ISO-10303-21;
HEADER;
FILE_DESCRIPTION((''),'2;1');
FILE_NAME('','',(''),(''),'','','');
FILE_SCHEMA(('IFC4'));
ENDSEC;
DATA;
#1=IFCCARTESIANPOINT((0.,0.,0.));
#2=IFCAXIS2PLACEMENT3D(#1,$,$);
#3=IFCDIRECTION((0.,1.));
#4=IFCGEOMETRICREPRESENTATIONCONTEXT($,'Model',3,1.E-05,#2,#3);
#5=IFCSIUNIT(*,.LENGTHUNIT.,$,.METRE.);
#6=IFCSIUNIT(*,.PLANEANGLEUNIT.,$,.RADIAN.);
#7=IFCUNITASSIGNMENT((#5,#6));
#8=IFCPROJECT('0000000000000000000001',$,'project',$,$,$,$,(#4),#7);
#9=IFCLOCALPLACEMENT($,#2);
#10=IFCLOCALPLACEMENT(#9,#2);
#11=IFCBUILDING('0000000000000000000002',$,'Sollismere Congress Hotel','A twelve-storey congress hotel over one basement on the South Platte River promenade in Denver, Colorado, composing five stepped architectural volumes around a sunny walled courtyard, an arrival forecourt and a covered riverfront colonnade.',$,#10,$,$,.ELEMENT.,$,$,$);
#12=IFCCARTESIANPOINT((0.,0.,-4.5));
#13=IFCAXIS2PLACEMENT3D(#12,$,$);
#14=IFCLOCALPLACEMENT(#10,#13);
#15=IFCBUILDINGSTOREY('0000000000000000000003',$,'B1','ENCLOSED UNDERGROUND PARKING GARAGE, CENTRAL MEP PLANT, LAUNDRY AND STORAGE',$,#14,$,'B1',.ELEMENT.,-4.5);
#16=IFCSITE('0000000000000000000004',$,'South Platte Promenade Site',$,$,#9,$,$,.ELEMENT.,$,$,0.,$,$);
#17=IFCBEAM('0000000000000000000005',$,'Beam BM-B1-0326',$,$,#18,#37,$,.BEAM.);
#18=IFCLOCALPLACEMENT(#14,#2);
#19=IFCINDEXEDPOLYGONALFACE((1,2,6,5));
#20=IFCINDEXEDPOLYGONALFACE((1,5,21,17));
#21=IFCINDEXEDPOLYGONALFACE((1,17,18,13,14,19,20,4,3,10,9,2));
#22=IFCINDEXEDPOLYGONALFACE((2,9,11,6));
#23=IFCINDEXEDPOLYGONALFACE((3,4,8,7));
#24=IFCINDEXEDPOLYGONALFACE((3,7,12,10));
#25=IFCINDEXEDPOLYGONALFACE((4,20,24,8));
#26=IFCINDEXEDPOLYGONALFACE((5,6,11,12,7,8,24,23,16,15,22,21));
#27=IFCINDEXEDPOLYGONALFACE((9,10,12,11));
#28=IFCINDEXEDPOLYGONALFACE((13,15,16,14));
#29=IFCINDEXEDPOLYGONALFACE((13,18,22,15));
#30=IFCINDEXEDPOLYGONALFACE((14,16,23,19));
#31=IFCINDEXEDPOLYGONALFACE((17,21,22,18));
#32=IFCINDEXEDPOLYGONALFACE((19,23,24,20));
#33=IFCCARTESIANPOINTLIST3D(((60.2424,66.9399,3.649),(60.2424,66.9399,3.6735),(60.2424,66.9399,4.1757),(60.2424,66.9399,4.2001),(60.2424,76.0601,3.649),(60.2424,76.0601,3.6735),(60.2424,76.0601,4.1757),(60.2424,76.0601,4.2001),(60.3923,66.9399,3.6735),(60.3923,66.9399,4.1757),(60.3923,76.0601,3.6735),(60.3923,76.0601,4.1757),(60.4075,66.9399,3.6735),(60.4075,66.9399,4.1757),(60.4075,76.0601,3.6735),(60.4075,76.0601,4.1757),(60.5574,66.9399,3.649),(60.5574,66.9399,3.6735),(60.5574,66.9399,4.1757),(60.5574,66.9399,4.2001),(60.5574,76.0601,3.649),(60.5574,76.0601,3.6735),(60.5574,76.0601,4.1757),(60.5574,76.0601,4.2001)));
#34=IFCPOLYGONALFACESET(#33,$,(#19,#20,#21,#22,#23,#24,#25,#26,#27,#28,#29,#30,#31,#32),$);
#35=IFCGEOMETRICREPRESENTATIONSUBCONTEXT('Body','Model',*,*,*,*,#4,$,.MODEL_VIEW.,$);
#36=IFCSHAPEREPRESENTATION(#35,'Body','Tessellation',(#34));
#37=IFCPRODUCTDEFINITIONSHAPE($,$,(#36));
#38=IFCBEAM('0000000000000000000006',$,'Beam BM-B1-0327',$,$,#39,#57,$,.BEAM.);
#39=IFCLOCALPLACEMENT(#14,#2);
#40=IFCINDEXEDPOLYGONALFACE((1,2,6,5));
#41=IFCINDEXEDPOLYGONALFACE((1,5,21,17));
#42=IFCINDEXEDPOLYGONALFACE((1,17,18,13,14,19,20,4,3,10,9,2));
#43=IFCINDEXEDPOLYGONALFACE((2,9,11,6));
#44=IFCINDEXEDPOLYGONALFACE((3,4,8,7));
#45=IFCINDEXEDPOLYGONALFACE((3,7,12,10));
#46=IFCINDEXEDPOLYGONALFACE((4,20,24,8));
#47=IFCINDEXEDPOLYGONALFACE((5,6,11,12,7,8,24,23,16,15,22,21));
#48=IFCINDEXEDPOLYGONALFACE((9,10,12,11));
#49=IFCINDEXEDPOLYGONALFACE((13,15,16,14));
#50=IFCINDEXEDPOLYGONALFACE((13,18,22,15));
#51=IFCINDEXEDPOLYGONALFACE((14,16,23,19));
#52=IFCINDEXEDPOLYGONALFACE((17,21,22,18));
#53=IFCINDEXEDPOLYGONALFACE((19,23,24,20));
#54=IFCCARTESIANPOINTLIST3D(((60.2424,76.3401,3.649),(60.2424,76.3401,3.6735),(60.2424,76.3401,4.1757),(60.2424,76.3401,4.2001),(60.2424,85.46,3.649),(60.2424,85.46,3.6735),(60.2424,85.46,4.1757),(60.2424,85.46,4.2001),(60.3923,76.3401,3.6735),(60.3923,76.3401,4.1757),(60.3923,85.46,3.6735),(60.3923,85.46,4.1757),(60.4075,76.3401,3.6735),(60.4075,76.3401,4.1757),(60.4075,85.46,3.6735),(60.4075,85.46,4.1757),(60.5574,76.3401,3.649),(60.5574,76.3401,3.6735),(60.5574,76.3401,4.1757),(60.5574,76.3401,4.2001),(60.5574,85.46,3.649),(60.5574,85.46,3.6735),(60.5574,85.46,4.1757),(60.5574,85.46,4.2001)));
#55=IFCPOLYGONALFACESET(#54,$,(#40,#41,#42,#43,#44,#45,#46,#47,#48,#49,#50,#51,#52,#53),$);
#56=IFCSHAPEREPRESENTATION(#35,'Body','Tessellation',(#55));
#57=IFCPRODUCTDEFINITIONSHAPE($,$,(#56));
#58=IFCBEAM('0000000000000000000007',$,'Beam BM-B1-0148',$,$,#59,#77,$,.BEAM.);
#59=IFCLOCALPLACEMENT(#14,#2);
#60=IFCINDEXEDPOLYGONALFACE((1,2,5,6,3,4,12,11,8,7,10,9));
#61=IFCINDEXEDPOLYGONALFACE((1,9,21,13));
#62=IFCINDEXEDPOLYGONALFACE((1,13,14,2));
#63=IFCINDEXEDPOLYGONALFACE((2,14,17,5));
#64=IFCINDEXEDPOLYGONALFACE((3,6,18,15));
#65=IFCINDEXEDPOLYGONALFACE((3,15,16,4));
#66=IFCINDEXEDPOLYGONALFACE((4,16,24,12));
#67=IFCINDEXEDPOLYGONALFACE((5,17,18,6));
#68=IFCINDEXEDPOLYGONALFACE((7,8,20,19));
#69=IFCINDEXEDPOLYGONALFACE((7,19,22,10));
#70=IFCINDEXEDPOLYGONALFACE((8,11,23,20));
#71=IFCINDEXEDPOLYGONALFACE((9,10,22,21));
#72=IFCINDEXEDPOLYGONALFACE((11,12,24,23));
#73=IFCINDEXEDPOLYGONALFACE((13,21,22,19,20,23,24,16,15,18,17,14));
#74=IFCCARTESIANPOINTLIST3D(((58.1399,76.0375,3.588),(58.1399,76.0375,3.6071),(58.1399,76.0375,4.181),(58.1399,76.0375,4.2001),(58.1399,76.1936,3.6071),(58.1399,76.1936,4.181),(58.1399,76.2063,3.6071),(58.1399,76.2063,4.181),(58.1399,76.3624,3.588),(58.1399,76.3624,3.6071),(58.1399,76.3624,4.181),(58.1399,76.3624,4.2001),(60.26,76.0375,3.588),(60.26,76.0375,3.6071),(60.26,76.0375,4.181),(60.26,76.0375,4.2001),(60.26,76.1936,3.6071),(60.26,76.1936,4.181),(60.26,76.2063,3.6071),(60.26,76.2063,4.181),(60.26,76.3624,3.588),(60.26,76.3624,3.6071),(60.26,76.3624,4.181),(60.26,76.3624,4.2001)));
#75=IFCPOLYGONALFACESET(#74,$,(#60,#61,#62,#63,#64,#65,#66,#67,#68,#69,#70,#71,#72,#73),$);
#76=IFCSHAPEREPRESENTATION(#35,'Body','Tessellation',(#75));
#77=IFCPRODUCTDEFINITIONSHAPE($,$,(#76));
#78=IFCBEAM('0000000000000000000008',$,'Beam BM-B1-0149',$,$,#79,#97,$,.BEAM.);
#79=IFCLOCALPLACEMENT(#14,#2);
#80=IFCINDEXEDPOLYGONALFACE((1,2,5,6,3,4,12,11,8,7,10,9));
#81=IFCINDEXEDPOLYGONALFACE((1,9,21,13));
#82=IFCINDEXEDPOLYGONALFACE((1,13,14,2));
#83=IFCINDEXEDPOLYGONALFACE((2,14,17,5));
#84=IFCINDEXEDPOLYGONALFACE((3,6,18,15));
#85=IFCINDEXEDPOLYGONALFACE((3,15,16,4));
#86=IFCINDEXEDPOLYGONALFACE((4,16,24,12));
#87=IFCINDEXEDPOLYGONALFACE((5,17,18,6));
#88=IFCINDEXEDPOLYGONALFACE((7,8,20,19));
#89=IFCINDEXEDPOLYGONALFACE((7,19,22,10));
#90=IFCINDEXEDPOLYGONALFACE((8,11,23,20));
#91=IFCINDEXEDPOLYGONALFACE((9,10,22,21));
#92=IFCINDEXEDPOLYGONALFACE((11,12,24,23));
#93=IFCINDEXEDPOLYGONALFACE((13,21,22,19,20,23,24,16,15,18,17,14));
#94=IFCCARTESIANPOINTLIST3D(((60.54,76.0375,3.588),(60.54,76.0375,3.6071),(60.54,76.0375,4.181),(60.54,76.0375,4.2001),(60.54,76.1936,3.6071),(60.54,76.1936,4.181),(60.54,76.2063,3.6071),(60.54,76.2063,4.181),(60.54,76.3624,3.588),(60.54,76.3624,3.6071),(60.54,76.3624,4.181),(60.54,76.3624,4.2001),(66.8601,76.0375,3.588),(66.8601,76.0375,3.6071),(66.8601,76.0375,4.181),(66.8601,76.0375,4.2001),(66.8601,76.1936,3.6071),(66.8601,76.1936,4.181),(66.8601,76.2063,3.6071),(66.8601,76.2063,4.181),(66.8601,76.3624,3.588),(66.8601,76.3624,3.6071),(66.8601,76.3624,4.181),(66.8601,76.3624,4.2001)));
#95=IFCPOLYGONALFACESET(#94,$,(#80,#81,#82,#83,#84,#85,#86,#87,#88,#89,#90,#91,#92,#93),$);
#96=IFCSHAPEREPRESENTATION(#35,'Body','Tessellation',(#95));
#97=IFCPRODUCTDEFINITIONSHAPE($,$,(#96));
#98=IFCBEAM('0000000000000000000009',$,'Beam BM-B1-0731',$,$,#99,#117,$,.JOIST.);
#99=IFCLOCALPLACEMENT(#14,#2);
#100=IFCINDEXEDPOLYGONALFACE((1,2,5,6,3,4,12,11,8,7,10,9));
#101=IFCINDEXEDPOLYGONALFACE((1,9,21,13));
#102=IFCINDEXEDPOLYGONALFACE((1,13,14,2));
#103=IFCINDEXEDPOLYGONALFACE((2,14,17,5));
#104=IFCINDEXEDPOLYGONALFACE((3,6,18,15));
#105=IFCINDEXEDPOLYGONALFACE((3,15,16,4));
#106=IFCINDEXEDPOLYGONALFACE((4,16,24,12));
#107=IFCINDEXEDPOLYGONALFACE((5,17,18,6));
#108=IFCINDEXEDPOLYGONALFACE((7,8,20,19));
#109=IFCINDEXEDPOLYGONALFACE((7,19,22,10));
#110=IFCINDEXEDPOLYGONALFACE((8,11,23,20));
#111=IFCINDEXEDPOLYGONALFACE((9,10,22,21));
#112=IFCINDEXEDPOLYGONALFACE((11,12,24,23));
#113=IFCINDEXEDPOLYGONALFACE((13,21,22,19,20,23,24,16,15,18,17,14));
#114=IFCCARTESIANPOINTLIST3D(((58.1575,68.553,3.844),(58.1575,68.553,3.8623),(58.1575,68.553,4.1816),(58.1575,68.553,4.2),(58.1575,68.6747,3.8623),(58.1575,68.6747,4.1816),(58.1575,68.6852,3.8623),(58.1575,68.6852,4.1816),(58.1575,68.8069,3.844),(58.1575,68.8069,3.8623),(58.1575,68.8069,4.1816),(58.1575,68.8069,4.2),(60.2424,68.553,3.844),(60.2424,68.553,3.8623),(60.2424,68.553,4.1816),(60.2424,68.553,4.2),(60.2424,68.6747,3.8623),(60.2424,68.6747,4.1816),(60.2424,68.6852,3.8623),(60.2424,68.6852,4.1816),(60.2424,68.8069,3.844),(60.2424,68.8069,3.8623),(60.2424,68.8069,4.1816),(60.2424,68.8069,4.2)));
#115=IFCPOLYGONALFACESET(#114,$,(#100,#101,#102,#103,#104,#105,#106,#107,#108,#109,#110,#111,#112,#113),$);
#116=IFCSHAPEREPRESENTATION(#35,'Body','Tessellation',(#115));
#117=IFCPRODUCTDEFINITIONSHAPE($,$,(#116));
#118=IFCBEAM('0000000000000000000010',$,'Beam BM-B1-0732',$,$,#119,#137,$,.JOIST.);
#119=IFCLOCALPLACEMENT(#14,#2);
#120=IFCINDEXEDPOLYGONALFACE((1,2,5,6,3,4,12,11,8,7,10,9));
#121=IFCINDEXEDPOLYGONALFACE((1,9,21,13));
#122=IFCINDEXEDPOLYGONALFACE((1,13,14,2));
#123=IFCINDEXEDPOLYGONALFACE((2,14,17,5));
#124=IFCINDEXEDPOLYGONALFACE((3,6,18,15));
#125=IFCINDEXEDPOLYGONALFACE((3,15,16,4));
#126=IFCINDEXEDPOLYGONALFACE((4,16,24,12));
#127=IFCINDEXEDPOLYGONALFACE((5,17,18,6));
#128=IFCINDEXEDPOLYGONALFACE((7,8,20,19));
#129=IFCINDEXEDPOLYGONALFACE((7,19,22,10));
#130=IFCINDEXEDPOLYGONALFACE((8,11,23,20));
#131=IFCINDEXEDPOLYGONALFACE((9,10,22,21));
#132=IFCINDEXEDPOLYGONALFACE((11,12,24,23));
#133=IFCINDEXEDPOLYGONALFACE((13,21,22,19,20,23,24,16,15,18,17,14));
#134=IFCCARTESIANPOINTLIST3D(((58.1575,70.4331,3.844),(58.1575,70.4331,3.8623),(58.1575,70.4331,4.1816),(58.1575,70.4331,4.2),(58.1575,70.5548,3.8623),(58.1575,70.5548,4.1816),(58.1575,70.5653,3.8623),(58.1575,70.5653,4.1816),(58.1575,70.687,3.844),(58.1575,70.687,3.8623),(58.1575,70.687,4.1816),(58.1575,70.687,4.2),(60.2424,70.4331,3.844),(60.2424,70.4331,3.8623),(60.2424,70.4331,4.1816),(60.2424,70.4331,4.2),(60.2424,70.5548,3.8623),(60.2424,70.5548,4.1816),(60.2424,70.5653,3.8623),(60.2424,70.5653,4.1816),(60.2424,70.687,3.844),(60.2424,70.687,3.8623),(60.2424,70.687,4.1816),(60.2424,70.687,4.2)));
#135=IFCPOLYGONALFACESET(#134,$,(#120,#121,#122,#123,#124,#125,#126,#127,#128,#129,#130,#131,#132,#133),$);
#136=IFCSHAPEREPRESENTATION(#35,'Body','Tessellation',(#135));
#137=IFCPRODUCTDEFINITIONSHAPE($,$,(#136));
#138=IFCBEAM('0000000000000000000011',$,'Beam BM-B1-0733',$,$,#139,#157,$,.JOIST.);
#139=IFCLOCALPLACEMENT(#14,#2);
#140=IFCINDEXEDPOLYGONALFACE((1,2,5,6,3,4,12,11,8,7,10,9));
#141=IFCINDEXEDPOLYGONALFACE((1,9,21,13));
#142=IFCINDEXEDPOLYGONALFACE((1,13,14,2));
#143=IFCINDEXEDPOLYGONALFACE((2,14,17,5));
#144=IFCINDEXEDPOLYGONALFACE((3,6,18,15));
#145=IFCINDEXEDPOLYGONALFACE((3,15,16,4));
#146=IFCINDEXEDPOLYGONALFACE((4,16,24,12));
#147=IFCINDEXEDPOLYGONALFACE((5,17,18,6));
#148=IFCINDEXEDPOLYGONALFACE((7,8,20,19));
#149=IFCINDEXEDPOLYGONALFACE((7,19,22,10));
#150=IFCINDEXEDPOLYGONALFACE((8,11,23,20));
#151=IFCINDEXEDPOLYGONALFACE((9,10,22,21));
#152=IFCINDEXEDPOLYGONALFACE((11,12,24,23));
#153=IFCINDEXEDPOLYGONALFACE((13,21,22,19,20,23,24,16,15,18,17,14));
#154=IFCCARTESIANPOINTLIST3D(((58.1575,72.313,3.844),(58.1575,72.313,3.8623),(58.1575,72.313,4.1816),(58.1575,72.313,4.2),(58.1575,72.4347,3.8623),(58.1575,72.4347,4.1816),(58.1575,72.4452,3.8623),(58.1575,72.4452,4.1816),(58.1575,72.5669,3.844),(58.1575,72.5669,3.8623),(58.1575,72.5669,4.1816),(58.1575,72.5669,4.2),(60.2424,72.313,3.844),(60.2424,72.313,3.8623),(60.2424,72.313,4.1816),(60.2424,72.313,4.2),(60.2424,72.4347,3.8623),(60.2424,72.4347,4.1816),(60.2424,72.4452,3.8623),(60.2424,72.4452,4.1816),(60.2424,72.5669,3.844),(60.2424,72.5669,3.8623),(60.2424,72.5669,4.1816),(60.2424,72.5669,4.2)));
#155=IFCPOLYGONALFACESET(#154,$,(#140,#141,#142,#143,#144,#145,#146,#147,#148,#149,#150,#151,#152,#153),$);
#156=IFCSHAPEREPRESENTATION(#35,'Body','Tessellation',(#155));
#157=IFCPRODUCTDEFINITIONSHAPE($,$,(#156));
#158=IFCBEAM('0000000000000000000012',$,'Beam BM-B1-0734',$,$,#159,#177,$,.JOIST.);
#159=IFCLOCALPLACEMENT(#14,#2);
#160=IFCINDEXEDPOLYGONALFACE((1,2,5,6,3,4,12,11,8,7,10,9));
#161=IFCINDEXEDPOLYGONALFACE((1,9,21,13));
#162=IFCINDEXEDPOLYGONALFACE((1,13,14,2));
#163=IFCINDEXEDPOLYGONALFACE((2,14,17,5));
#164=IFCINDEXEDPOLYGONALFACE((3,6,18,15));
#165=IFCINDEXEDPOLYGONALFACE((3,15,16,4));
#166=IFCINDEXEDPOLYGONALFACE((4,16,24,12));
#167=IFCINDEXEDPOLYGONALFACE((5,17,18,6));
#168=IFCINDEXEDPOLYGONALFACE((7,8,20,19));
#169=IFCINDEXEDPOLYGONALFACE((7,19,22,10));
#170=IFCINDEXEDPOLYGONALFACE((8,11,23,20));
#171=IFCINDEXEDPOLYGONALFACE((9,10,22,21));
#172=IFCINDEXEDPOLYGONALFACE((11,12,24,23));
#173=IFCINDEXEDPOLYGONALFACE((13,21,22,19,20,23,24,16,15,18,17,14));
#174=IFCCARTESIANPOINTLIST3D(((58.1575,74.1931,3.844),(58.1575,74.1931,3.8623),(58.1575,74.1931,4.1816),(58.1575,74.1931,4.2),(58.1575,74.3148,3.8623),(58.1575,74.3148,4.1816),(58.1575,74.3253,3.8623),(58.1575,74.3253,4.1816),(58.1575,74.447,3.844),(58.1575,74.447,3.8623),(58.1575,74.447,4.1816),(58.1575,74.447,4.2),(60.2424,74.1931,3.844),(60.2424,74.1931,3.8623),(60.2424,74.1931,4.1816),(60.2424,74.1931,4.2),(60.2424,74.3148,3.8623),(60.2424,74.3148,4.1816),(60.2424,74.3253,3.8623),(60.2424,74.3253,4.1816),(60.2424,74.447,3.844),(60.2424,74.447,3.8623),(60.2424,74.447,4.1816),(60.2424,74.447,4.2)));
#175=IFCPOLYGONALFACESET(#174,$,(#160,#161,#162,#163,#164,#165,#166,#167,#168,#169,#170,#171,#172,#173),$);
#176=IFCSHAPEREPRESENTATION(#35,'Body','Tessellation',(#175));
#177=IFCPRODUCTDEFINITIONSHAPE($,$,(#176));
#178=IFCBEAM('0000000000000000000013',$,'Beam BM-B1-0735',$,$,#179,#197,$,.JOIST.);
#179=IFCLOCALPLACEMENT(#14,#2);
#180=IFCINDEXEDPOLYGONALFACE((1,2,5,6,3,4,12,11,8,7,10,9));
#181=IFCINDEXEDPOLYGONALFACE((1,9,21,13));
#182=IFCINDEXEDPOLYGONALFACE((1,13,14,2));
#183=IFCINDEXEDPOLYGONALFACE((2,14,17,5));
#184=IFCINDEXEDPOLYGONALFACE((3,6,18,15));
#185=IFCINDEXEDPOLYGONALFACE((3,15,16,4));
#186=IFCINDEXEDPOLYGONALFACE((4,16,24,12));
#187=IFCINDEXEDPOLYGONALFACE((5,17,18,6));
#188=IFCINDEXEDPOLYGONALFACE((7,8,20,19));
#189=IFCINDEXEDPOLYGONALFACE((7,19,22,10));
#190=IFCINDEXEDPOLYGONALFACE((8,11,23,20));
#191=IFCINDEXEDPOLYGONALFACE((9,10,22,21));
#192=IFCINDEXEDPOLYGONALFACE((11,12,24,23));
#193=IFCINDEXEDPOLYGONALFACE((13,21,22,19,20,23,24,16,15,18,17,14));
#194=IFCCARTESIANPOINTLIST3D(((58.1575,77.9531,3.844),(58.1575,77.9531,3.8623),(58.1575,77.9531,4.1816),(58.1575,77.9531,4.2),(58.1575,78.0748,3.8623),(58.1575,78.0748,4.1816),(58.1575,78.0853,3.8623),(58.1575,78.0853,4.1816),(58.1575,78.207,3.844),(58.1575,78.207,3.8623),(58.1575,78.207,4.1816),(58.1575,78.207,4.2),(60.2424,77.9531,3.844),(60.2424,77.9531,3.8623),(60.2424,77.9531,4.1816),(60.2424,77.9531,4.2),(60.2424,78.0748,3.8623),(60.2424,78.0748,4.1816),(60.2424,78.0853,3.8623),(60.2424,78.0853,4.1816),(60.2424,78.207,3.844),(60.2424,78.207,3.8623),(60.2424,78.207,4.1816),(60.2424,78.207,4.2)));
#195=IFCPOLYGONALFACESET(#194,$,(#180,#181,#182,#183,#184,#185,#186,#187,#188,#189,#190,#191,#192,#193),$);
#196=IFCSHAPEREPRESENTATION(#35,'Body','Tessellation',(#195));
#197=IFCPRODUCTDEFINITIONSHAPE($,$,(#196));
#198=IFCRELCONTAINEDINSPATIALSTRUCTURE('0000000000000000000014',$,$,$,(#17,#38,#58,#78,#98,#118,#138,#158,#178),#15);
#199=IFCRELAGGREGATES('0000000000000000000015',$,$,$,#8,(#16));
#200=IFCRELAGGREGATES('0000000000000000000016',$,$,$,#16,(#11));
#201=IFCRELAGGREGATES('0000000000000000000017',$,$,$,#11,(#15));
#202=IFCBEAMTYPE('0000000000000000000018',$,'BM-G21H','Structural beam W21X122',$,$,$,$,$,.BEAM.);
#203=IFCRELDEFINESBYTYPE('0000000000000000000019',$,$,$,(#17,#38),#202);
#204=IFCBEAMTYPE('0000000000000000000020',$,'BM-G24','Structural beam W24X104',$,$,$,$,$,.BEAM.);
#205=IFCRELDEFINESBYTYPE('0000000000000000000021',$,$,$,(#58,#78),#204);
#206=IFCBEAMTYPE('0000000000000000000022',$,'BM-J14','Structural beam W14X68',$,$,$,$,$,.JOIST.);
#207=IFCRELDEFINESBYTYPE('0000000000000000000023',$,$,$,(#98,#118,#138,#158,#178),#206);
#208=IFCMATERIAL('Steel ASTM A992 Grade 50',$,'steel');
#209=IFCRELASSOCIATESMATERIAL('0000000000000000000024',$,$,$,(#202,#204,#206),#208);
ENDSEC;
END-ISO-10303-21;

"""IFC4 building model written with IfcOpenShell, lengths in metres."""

from ifc_helpers import new_model, si_unit, direction, frame, origin, origin_2d, place, context, subcontext, project, spatial, i_section, extrude, material, material_profile, profile_set, type_object, element, save


model = new_model("IFC4")

# Units and contexts
model_context = context("Model", 3, precision=1e-05, world=origin(), true_north=direction((0.0, 1.0)))
body_context = subcontext(model_context, "Body", "Model", "MODEL_VIEW")
ifc_project = project(units=[si_unit("LENGTHUNIT", "METRE"), si_unit("PLANEANGLEUNIT", "RADIAN")], contexts=[model_context])

# Site, building, storey
site_placement = place(None, origin())
site = spatial("IfcSite", under=ifc_project, at=site_placement, Name="South Platte Promenade Site", CompositionType="ELEMENT", RefElevation=0.0)
building_placement = place(site_placement, origin())
building = spatial("IfcBuilding", under=site, at=building_placement, Name="Sollismere Congress Hotel", Description="A twelve-storey congress hotel over one basement on the South Platte River promenade in Denver, Colorado, composing five stepped architectural volumes around a sunny walled courtyard, an arrival forecourt and a covered riverfront colonnade.", CompositionType="ELEMENT")
storey_placement = place(building_placement, frame((0.0, 0.0, -4.5)))
storey = spatial("IfcBuildingStorey", under=building, at=storey_placement, Name="B1", Description="ENCLOSED UNDERGROUND PARKING GARAGE, CENTRAL MEP PLANT, LAUNDRY AND STORAGE", LongName="B1", CompositionType="ELEMENT", Elevation=-4.5)

# Beams
ifc_material_1 = material(Name="Steel ASTM A992 Grade 50", Category="steel")
ifc_material_profile_1 = material_profile(ifc_material_1, i_section(OverallWidth=0.3149, OverallDepth=0.551, WebThickness=0.0151, FlangeThickness=0.0244, at=origin_2d()), Name="W21X122")
ifc_profile_set_1 = profile_set([ifc_material_profile_1], Name="Steel ASTM A992 Grade 50")
beam_type_1 = type_object("IfcBeamType", Name="BM-G21H", Description="Structural beam W21X122", PredefinedType="BEAM", material=ifc_profile_set_1)
beam_1_placement = place(storey_placement, frame((60.3999, 66.9399, 3.9246), z_axis=(0.0, 1.0, 0.0), x_axis=(-1.0, 0.0, 0.0)))
element("IfcBeam", 1, at=beam_1_placement, inside=storey, type_object=beam_type_1, Name="Beam BM-B1-0326", PredefinedType="BEAM", context=body_context, shape_type="SweptSolid", body=[
    extrude(i_section(OverallWidth=0.3149, OverallDepth=0.551, WebThickness=0.0151, FlangeThickness=0.0244, at=origin_2d()), origin(), (0.0, 0.0, 1.0), 9.1201),
])
beam_2_placement = place(storey_placement, frame((60.3999, 76.3401, 3.9246), z_axis=(0.0, 1.0, 0.0), x_axis=(-1.0, 0.0, 0.0)))
element("IfcBeam", 2, at=beam_2_placement, inside=storey, type_object=beam_type_1, Name="Beam BM-B1-0327", PredefinedType="BEAM", context=body_context, shape_type="SweptSolid", body=[
    extrude(i_section(OverallWidth=0.3149, OverallDepth=0.551, WebThickness=0.0151, FlangeThickness=0.0244, at=origin_2d()), origin(), (0.0, 0.0, 1.0), 9.1199),
])
ifc_material_profile_2 = material_profile(ifc_material_1, i_section(OverallWidth=0.325, OverallDepth=0.6121, WebThickness=0.0127, FlangeThickness=0.019, at=origin_2d()), Name="W24X104")
ifc_profile_set_2 = profile_set([ifc_material_profile_2], Name="Steel ASTM A992 Grade 50")
beam_type_2 = type_object("IfcBeamType", Name="BM-G24", Description="Structural beam W24X104", PredefinedType="BEAM", material=ifc_profile_set_2)
beam_3_placement = place(storey_placement, frame((58.1399, 76.2, 3.894), z_axis=(1.0, 0.0, 0.0), x_axis=(0.0, 1.0, 0.0)))
element("IfcBeam", 3, at=beam_3_placement, inside=storey, type_object=beam_type_2, Name="Beam BM-B1-0148", PredefinedType="BEAM", context=body_context, shape_type="SweptSolid", body=[
    extrude(i_section(OverallWidth=0.325, OverallDepth=0.6121, WebThickness=0.0127, FlangeThickness=0.019, at=origin_2d()), origin(), (0.0, 0.0, 1.0), 2.1201),
])
beam_4_placement = place(storey_placement, frame((60.54, 76.2, 3.894), z_axis=(1.0, 0.0, 0.0), x_axis=(0.0, 1.0, 0.0)))
element("IfcBeam", 4, at=beam_4_placement, inside=storey, type_object=beam_type_2, Name="Beam BM-B1-0149", PredefinedType="BEAM", context=body_context, shape_type="SweptSolid", body=[
    extrude(i_section(OverallWidth=0.325, OverallDepth=0.6121, WebThickness=0.0127, FlangeThickness=0.019, at=origin_2d()), origin(), (0.0, 0.0, 1.0), 6.3201),
])
ifc_material_profile_3 = material_profile(ifc_material_1, i_section(OverallWidth=0.2539, OverallDepth=0.356, WebThickness=0.0105, FlangeThickness=0.0183, at=origin_2d()), Name="W14X68")
ifc_profile_set_3 = profile_set([ifc_material_profile_3], Name="Steel ASTM A992 Grade 50")
beam_type_3 = type_object("IfcBeamType", Name="BM-J14", Description="Structural beam W14X68", PredefinedType="JOIST", material=ifc_profile_set_3)
for number, where, z_axis, x_axis, name in (
    (5, (58.1575, 68.6799, 4.022), (1.0, 0.0, 0.0), (0.0, 1.0, 0.0), "Beam BM-B1-0731"),
    (6, (58.1575, 70.5601, 4.022), (1.0, 0.0, 0.0), (0.0, 1.0, 0.0), "Beam BM-B1-0732"),
    (7, (58.1575, 72.4399, 4.022), (1.0, 0.0, 0.0), (0.0, 1.0, 0.0), "Beam BM-B1-0733"),
    (8, (58.1575, 74.3201, 4.022), (1.0, 0.0, 0.0), (0.0, 1.0, 0.0), "Beam BM-B1-0734"),
    (9, (58.1575, 78.0801, 4.022), (1.0, 0.0, 0.0), (0.0, 1.0, 0.0), "Beam BM-B1-0735"),
):
    element("IfcBeam", number, at=place(storey_placement, frame(where, z_axis=z_axis, x_axis=x_axis)), inside=storey, type_object=beam_type_3, Name=name, PredefinedType="JOIST", context=body_context, shape_type="SweptSolid", body=[
        extrude(i_section(OverallWidth=0.2539, OverallDepth=0.356, WebThickness=0.0105, FlangeThickness=0.0183, at=origin_2d()), origin(), (0.0, 0.0, 1.0), 2.085),
    ])

save(model, "model.ifc")
